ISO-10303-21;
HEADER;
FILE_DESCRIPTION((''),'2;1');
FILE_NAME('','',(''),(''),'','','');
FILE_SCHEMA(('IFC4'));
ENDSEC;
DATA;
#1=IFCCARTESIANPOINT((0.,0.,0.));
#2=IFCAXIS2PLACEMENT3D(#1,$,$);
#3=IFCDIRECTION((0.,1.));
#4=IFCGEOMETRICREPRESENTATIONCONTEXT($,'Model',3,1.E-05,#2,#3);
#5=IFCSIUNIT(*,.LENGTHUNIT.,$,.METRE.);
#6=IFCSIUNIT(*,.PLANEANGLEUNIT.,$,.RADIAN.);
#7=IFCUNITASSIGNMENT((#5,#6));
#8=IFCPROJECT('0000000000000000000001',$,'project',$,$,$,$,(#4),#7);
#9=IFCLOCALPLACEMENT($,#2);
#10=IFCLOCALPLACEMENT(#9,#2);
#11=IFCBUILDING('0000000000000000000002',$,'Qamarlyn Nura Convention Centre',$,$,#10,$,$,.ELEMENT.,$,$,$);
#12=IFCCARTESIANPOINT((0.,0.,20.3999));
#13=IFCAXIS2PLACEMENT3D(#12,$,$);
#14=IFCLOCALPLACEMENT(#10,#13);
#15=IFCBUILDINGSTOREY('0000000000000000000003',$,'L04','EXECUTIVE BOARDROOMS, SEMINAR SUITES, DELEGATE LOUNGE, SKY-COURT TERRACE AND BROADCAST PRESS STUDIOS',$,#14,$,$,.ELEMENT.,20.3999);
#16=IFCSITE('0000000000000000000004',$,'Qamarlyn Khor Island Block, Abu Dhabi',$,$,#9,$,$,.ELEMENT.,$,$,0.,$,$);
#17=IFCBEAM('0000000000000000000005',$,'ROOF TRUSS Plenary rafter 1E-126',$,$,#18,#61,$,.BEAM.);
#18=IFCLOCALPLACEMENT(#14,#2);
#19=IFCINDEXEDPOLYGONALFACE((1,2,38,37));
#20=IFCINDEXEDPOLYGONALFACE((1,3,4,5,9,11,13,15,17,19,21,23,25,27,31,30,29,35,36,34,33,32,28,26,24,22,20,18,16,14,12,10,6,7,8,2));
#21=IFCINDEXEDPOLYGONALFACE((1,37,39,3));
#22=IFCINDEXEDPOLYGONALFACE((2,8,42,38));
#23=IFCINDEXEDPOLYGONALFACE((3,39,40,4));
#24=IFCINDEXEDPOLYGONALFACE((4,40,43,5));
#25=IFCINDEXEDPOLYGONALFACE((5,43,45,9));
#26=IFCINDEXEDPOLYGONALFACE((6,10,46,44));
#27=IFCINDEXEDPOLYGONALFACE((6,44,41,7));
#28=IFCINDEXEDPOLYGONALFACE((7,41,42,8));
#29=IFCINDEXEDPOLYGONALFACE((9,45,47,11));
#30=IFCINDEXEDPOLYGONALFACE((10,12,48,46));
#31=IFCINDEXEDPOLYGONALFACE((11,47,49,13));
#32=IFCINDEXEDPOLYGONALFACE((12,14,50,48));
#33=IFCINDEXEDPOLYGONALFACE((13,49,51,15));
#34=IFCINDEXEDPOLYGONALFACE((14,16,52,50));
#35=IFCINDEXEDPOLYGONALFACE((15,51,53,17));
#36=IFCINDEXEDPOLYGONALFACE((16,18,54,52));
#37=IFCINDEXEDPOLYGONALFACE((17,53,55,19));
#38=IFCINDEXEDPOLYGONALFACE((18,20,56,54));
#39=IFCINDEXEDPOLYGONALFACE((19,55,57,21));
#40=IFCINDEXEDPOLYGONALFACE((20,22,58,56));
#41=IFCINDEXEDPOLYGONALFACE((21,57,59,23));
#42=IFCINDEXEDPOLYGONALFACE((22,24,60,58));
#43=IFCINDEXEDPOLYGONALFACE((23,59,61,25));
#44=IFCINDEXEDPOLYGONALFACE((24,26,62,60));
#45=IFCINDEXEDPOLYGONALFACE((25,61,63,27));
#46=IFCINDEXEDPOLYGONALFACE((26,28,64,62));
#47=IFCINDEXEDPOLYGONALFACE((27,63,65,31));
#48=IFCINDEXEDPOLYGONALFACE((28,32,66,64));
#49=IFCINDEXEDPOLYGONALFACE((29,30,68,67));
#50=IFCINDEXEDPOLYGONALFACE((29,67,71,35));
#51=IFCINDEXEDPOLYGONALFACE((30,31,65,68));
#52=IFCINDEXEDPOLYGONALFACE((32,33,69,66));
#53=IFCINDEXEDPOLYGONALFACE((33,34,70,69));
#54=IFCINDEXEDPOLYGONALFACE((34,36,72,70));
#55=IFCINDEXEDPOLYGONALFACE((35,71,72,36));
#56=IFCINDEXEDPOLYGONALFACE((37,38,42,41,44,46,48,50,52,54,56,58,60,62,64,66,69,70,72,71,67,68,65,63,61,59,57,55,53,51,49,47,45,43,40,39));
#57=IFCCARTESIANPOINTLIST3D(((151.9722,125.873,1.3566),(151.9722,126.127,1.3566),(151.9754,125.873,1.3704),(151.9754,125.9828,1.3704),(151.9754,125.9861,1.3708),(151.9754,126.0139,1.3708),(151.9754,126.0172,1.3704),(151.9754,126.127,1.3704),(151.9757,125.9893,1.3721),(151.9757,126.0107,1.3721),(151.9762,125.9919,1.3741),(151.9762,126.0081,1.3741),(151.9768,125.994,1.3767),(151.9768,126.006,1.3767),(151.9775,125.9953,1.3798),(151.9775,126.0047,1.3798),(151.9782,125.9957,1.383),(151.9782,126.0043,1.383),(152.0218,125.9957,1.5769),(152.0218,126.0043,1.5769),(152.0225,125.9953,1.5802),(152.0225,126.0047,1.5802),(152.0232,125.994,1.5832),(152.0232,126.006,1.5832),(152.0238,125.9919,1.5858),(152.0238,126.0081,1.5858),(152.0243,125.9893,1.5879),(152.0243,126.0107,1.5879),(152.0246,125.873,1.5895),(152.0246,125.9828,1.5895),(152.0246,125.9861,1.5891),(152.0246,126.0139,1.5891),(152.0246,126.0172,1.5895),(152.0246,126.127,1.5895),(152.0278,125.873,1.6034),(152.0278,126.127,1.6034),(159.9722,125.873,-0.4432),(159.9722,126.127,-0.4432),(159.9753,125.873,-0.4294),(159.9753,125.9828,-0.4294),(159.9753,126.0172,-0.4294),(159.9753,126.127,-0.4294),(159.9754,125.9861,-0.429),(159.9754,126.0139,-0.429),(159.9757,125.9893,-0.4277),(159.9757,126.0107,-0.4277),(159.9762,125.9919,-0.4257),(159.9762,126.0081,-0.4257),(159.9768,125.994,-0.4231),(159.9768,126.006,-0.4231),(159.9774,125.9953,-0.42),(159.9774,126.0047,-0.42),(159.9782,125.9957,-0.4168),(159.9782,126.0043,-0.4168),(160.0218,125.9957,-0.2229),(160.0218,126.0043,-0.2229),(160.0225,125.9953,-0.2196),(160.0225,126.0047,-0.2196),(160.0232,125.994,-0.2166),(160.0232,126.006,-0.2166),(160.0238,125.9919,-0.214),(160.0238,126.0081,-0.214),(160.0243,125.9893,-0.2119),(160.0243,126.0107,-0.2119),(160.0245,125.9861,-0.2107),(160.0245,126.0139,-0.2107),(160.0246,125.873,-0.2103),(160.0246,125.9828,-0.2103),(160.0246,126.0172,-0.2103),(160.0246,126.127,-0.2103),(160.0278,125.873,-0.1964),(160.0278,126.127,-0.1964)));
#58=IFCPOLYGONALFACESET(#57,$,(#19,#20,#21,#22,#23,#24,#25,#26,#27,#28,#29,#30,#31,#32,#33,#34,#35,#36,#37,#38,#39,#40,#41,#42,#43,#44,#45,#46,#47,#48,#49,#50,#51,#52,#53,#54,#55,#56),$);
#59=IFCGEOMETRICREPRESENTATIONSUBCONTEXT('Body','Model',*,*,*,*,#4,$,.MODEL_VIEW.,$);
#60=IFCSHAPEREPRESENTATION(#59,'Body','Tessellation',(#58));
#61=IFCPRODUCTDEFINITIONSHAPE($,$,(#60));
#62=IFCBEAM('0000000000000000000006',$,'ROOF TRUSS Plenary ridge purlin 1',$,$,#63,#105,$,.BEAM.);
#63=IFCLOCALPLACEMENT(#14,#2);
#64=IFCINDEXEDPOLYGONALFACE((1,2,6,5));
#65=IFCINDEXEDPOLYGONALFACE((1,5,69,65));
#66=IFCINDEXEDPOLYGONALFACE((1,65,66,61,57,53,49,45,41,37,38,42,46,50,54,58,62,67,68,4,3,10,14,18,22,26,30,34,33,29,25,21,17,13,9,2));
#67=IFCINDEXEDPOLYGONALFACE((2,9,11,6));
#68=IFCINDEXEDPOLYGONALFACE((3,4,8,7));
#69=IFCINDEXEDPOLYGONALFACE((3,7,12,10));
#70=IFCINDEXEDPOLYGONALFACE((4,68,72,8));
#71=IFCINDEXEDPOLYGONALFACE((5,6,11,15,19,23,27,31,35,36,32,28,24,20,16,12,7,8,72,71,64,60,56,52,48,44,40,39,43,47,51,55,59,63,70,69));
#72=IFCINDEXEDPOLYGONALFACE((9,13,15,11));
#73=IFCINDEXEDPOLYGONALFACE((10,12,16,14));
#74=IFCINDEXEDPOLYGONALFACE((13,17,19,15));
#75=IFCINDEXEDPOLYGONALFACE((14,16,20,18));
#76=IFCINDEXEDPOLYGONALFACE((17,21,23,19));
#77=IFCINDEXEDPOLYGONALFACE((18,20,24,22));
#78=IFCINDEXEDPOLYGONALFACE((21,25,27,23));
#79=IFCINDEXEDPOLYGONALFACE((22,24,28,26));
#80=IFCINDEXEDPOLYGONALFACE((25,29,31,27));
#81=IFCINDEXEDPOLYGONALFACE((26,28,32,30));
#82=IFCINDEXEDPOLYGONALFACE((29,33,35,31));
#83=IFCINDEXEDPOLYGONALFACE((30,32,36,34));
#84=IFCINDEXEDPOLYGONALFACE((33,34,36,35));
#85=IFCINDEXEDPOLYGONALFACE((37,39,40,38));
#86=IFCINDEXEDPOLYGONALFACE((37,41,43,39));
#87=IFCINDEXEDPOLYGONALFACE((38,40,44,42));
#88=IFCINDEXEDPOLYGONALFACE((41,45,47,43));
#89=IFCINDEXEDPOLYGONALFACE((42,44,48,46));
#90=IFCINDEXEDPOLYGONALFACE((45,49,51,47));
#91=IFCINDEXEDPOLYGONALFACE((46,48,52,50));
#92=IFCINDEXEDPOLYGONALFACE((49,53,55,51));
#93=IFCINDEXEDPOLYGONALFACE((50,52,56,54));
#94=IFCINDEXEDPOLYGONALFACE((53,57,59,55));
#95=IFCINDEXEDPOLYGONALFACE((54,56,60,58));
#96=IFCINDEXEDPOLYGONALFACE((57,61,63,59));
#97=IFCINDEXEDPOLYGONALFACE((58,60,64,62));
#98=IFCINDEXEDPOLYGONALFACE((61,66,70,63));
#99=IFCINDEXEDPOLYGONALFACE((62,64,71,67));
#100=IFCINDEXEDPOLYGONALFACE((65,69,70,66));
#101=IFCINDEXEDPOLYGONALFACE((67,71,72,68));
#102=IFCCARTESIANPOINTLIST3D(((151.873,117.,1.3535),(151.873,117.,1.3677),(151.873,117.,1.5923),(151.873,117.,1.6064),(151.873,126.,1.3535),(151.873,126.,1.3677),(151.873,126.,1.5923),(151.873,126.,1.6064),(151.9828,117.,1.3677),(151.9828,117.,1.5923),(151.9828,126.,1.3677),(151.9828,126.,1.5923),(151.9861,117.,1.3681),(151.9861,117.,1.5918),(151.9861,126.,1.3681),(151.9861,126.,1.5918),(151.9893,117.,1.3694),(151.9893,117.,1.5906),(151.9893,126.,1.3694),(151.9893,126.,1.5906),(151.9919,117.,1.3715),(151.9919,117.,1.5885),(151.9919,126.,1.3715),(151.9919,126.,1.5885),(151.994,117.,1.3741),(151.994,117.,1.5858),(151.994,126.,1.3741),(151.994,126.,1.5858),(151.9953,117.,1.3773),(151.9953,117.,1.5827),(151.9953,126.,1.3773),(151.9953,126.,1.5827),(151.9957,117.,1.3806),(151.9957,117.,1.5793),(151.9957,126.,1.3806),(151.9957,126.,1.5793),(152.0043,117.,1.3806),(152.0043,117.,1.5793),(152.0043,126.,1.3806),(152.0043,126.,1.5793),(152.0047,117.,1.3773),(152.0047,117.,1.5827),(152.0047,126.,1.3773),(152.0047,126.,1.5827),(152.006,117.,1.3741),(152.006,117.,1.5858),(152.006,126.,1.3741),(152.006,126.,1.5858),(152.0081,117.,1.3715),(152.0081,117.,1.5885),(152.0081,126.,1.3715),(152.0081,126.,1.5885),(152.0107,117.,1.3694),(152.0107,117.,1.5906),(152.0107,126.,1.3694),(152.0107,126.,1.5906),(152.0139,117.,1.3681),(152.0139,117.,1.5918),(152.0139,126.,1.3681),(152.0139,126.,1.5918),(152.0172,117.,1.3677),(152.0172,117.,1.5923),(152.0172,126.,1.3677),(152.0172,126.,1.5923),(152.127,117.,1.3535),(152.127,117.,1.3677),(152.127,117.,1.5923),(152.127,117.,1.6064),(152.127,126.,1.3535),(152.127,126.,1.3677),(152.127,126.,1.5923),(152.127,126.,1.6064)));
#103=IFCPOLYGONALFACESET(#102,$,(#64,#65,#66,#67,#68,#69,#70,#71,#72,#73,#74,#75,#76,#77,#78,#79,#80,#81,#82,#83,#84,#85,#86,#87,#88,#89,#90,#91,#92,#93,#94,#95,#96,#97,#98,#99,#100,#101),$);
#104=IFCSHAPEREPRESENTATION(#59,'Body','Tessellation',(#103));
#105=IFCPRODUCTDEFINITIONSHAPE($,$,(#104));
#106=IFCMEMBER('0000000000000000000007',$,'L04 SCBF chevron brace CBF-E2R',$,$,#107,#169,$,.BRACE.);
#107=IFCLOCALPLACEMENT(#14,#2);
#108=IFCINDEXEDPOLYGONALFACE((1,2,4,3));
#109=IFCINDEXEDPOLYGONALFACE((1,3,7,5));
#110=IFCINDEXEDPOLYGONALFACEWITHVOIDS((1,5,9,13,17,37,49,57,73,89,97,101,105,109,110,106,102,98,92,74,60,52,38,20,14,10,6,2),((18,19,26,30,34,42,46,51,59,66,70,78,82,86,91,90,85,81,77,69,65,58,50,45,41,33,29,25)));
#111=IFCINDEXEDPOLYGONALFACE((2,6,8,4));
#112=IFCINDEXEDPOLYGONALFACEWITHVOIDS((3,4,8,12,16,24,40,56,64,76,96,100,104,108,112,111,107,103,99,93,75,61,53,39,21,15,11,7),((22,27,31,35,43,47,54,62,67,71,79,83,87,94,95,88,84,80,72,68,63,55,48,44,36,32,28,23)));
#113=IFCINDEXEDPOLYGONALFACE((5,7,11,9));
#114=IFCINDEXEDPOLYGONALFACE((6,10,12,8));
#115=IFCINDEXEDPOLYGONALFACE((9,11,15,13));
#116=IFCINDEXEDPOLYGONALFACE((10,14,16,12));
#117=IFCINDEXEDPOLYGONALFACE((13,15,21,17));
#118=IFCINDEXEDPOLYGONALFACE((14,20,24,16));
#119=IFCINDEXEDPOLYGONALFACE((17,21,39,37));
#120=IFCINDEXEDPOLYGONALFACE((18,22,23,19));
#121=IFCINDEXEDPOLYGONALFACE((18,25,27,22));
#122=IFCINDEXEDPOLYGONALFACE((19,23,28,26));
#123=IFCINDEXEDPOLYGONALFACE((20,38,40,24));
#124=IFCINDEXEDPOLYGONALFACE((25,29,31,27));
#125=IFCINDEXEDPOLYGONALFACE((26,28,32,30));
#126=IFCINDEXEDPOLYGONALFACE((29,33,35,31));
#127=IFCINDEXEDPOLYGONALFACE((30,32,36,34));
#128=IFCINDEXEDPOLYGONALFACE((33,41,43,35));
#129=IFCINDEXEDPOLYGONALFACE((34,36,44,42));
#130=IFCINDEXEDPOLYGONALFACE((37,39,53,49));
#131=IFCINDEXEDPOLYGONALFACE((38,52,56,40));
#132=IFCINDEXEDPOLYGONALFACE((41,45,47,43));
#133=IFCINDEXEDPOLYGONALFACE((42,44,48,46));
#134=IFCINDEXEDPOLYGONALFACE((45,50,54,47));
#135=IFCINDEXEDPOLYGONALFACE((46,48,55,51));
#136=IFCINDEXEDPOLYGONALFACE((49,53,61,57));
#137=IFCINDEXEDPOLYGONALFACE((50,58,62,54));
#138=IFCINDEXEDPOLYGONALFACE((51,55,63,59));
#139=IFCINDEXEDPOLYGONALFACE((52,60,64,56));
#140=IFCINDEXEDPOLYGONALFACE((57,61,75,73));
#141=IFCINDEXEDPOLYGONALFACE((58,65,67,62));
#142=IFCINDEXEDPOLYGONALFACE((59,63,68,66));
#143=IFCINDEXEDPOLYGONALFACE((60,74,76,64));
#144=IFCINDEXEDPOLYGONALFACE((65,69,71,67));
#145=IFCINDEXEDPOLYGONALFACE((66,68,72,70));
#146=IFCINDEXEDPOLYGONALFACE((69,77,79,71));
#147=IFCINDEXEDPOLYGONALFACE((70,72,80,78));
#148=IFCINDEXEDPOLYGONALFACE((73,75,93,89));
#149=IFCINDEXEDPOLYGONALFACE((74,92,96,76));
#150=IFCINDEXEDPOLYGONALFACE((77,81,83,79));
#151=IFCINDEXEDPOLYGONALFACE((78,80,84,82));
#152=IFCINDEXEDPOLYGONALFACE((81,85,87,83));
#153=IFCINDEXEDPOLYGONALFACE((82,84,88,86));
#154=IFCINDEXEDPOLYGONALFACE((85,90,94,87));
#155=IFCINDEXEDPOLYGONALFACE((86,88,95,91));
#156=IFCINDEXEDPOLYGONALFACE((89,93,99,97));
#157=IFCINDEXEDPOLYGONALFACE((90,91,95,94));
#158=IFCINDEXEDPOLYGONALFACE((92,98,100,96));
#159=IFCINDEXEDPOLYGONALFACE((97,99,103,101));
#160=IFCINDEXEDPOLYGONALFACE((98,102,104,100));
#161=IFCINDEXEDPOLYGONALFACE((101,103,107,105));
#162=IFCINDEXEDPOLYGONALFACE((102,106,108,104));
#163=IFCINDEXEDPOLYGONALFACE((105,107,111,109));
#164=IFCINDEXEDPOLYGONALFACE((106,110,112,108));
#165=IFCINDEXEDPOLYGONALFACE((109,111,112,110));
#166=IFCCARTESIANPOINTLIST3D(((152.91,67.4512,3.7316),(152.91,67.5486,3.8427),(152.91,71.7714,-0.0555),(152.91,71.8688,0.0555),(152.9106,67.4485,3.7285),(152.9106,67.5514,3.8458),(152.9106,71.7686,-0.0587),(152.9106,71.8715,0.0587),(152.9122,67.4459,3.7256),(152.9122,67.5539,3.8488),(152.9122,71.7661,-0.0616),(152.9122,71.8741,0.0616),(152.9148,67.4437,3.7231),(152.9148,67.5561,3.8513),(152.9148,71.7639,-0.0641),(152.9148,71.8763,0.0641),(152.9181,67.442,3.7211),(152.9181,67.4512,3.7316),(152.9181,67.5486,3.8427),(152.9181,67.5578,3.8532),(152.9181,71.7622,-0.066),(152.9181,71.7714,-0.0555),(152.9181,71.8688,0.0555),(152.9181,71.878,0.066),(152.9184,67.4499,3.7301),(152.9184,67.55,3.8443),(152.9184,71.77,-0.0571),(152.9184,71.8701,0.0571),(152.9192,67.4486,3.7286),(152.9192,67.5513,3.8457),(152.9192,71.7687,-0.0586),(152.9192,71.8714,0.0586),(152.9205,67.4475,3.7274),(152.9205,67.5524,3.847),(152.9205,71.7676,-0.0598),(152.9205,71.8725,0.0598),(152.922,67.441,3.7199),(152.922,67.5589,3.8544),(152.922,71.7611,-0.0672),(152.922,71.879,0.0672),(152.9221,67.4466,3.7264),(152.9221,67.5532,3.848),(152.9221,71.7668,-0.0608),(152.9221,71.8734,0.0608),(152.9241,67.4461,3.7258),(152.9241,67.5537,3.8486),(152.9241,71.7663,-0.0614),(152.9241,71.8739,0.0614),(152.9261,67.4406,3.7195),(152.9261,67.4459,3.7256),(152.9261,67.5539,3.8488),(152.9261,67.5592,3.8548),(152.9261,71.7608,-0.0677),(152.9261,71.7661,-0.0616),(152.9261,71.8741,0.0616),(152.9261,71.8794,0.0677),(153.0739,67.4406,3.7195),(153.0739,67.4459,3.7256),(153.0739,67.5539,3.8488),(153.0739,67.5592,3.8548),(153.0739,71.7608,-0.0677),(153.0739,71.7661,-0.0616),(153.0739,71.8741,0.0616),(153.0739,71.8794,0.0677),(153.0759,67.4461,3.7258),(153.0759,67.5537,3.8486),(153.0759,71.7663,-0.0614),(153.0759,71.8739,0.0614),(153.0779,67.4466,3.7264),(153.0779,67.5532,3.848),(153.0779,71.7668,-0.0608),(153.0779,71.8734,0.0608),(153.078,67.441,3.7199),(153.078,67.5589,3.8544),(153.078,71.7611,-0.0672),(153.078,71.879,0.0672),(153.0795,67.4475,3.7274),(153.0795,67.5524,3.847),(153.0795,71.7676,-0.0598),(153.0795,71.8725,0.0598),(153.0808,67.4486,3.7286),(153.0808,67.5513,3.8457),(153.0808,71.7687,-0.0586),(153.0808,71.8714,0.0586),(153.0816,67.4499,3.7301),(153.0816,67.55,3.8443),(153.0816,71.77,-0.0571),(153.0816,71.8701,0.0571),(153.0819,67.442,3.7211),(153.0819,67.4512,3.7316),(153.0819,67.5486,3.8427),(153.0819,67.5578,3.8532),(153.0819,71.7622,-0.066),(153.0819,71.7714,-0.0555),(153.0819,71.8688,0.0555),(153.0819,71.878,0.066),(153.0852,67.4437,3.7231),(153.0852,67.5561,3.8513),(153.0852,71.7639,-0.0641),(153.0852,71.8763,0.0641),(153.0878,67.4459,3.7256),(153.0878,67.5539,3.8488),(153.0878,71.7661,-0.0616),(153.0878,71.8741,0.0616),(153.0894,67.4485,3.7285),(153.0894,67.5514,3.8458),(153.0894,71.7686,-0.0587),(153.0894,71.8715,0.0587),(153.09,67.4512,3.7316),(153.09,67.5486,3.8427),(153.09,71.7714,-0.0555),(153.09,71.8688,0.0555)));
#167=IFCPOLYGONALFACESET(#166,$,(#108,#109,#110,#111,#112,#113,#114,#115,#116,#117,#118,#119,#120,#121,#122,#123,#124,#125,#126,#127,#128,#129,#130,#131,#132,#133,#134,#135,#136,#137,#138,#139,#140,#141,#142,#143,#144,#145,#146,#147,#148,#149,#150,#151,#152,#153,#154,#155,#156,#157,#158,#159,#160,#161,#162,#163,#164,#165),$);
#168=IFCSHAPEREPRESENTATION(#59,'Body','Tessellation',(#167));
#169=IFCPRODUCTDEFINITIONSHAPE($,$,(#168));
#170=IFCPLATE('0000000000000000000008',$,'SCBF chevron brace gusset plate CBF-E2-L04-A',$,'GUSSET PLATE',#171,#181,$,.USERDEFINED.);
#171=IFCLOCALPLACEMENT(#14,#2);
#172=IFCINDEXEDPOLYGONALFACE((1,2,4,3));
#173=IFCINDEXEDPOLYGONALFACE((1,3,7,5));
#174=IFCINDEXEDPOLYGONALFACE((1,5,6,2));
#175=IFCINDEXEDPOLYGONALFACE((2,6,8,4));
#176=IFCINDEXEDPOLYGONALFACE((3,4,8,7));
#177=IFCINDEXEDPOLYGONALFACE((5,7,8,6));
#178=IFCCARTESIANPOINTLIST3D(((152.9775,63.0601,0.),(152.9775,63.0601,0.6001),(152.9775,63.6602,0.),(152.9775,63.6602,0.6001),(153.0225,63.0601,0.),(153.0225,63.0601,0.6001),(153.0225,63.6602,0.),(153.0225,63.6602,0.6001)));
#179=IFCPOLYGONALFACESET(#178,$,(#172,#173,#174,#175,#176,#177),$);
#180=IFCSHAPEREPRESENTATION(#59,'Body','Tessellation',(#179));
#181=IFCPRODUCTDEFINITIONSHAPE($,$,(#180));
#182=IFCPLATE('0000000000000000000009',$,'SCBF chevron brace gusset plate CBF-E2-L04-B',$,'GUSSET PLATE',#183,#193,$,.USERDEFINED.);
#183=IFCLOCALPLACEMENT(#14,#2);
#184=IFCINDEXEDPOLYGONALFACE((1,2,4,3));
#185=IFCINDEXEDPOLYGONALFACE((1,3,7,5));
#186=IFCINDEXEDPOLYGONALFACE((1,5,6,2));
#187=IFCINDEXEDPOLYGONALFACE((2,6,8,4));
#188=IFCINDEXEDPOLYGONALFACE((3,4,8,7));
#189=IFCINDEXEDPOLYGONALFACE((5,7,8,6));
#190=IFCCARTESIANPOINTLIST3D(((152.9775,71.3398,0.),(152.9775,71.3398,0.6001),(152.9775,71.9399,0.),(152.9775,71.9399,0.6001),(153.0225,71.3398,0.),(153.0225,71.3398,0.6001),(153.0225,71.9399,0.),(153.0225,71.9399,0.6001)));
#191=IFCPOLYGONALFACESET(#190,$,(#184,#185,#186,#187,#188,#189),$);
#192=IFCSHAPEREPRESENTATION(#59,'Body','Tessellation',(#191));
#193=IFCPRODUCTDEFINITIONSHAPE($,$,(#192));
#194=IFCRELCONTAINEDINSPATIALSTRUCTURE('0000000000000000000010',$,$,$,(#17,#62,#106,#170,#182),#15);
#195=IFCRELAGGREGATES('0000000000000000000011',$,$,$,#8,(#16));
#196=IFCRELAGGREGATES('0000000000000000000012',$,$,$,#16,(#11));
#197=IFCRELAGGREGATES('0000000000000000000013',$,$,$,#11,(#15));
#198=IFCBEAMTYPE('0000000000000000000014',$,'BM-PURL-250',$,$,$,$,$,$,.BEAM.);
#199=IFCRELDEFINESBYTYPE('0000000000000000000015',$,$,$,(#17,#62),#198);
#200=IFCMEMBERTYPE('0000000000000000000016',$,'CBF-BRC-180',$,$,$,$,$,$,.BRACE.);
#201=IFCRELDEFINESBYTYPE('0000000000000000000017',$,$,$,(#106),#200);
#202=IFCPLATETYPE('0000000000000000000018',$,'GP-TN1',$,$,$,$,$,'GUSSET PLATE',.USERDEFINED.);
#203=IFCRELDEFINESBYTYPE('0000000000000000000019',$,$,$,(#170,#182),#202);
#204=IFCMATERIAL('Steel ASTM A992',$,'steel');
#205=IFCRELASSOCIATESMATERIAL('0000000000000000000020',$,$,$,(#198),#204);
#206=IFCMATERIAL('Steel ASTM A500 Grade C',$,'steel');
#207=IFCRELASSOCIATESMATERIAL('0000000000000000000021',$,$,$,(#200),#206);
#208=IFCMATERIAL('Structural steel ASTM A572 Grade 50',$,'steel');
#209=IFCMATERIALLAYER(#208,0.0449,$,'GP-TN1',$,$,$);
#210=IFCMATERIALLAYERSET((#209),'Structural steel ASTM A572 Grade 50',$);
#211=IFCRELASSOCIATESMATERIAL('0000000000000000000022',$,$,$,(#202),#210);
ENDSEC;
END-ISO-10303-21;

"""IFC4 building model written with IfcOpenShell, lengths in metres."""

from ifc_helpers import new_model, si_unit, direction, frame, origin, origin_2d, place, context, subcontext, project, spatial, rectangle, hollow_rectangle, i_section, extrude, material, layer, layer_set, material_profile, profile_set, type_object, element, save


model = new_model("IFC4")

# Units and contexts
model_context = context("Model", 3, precision=1e-05, world=origin(), true_north=direction((0.0, 1.0)))
body_context = subcontext(model_context, "Body", "Model", "MODEL_VIEW")
ifc_project = project(units=[si_unit("LENGTHUNIT", "METRE"), si_unit("PLANEANGLEUNIT", "RADIAN")], contexts=[model_context])

# Site, building, storey
site_placement = place(None, origin())
site = spatial("IfcSite", under=ifc_project, at=site_placement, Name="Qamarlyn Khor Island Block, Abu Dhabi", CompositionType="ELEMENT", RefElevation=0.0)
building_placement = place(site_placement, origin())
building = spatial("IfcBuilding", under=site, at=building_placement, Name="Qamarlyn Nura Convention Centre", CompositionType="ELEMENT")
storey_placement = place(building_placement, frame((0.0, 0.0, 20.3999)))
storey = spatial("IfcBuildingStorey", under=building, at=storey_placement, Name="L04", Description="EXECUTIVE BOARDROOMS, SEMINAR SUITES, DELEGATE LOUNGE, SKY-COURT TERRACE AND BROADCAST PRESS STUDIOS", CompositionType="ELEMENT", Elevation=20.3999)

# Shared definitions
ifc_material_1 = material(Name="Steel ASTM A500 Grade C", Category="steel")
ifc_material_2 = material(Name="Steel ASTM A992", Category="steel")

# Beams
ifc_material_profile_1 = material_profile(ifc_material_2, i_section(OverallWidth=0.2539, OverallDepth=0.2529, WebThickness=0.0085, FlangeThickness=0.0142, FilletRadius=0.0129, at=origin_2d()), Name="W250X73")
ifc_profile_set_1 = profile_set([ifc_material_profile_1], Name="Steel ASTM A992")
beam_type_1 = type_object("IfcBeamType", Name="BM-PURL-250", PredefinedType="BEAM", material=ifc_profile_set_1)
for number, where, z_axis, x_axis, name in (
    (1, (152.0, 126.0, 1.48), (0.975615, 0.0, -0.21949), (0.0, 1.0, 0.0), "ROOF TRUSS Plenary rafter 1E-126"),
):
    element("IfcBeam", number, at=place(storey_placement, frame(where, z_axis=z_axis, x_axis=x_axis)), inside=storey, type_object=beam_type_1, Name=name, PredefinedType="BEAM", context=body_context, shape_type="SweptSolid", body=[
        extrude(i_section(OverallWidth=0.2539, OverallDepth=0.2529, WebThickness=0.0085, FlangeThickness=0.0142, FilletRadius=0.0129, at=origin_2d()), origin(), (0.0, 0.0, 1.0), 8.2),
    ])
beam_1_placement = place(storey_placement, frame((152.0, 117.0, 1.48), z_axis=(0.0, 1.0, 0.0), x_axis=(-1.0, 0.0, 0.0)))
element("IfcBeam", 2, at=beam_1_placement, inside=storey, type_object=beam_type_1, Name="ROOF TRUSS Plenary ridge purlin 1", PredefinedType="BEAM", context=body_context, shape_type="SweptSolid", body=[
    extrude(i_section(OverallWidth=0.2539, OverallDepth=0.2529, WebThickness=0.0085, FlangeThickness=0.0142, FilletRadius=0.0129, at=origin_2d()), origin(), (0.0, 0.0, 1.0), 9.0),
])

# Member
ifc_material_profile_2 = material_profile(ifc_material_1, hollow_rectangle(XDim=0.1799, YDim=0.1799, WallThickness=0.0081, InnerFilletRadius=0.0081, OuterFilletRadius=0.0161, at=origin_2d()), Name="HSS180X180X8")
ifc_profile_set_2 = profile_set([ifc_material_profile_2], Name="Steel ASTM A500 Grade C")
member_type = type_object("IfcMemberType", Name="CBF-BRC-180", PredefinedType="BRACE", material=ifc_profile_set_2)
member_placement = place(storey_placement, frame((153.0, 71.8201, 0.0), z_axis=(0.0, -0.751968, 0.659199), x_axis=(1.0, 0.0, 0.0)))
element("IfcMember", 3, at=member_placement, inside=storey, type_object=member_type, Name="L04 SCBF chevron brace CBF-E2R", PredefinedType="BRACE", context=body_context, shape_type="SweptSolid", body=[
    extrude(hollow_rectangle(XDim=0.1799, YDim=0.1799, WallThickness=0.0081, InnerFilletRadius=0.0081, OuterFilletRadius=0.0161, at=origin_2d()), origin(), (0.0, 0.0, 1.0), 5.7451),
])

# Plates
ifc_material_3 = material(Name="Structural steel ASTM A572 Grade 50", Category="steel")
ifc_layer_1 = layer(ifc_material_3, 0.0449, Name="GP-TN1")
ifc_layer_set_1 = layer_set([ifc_layer_1], Name="Structural steel ASTM A572 Grade 50")
plate_type = type_object("IfcPlateType", Name="GP-TN1", ElementType="GUSSET PLATE", PredefinedType="USERDEFINED", material=ifc_layer_set_1)
for number, where, z_axis, x_axis, name in (
    (4, (153.0, 63.3601, 0.0), (0.0, 0.0, 1.0), (0.0, 1.0, 0.0), "SCBF chevron brace gusset plate CBF-E2-L04-A"),
    (5, (153.0, 71.6399, 0.0), (0.0, 0.0, 1.0), (0.0, 1.0, 0.0), "SCBF chevron brace gusset plate CBF-E2-L04-B"),
):
    element("IfcPlate", number, at=place(storey_placement, frame(where, z_axis=z_axis, x_axis=x_axis)), inside=storey, type_object=plate_type, Name=name, ObjectType="GUSSET PLATE", PredefinedType="USERDEFINED", context=body_context, shape_type="SweptSolid", body=[
        extrude(rectangle(XDim=0.6001, YDim=0.0449, at=origin_2d()), origin(), (0.0, 0.0, 1.0), 0.6001),
    ])

save(model, "model.ifc")
